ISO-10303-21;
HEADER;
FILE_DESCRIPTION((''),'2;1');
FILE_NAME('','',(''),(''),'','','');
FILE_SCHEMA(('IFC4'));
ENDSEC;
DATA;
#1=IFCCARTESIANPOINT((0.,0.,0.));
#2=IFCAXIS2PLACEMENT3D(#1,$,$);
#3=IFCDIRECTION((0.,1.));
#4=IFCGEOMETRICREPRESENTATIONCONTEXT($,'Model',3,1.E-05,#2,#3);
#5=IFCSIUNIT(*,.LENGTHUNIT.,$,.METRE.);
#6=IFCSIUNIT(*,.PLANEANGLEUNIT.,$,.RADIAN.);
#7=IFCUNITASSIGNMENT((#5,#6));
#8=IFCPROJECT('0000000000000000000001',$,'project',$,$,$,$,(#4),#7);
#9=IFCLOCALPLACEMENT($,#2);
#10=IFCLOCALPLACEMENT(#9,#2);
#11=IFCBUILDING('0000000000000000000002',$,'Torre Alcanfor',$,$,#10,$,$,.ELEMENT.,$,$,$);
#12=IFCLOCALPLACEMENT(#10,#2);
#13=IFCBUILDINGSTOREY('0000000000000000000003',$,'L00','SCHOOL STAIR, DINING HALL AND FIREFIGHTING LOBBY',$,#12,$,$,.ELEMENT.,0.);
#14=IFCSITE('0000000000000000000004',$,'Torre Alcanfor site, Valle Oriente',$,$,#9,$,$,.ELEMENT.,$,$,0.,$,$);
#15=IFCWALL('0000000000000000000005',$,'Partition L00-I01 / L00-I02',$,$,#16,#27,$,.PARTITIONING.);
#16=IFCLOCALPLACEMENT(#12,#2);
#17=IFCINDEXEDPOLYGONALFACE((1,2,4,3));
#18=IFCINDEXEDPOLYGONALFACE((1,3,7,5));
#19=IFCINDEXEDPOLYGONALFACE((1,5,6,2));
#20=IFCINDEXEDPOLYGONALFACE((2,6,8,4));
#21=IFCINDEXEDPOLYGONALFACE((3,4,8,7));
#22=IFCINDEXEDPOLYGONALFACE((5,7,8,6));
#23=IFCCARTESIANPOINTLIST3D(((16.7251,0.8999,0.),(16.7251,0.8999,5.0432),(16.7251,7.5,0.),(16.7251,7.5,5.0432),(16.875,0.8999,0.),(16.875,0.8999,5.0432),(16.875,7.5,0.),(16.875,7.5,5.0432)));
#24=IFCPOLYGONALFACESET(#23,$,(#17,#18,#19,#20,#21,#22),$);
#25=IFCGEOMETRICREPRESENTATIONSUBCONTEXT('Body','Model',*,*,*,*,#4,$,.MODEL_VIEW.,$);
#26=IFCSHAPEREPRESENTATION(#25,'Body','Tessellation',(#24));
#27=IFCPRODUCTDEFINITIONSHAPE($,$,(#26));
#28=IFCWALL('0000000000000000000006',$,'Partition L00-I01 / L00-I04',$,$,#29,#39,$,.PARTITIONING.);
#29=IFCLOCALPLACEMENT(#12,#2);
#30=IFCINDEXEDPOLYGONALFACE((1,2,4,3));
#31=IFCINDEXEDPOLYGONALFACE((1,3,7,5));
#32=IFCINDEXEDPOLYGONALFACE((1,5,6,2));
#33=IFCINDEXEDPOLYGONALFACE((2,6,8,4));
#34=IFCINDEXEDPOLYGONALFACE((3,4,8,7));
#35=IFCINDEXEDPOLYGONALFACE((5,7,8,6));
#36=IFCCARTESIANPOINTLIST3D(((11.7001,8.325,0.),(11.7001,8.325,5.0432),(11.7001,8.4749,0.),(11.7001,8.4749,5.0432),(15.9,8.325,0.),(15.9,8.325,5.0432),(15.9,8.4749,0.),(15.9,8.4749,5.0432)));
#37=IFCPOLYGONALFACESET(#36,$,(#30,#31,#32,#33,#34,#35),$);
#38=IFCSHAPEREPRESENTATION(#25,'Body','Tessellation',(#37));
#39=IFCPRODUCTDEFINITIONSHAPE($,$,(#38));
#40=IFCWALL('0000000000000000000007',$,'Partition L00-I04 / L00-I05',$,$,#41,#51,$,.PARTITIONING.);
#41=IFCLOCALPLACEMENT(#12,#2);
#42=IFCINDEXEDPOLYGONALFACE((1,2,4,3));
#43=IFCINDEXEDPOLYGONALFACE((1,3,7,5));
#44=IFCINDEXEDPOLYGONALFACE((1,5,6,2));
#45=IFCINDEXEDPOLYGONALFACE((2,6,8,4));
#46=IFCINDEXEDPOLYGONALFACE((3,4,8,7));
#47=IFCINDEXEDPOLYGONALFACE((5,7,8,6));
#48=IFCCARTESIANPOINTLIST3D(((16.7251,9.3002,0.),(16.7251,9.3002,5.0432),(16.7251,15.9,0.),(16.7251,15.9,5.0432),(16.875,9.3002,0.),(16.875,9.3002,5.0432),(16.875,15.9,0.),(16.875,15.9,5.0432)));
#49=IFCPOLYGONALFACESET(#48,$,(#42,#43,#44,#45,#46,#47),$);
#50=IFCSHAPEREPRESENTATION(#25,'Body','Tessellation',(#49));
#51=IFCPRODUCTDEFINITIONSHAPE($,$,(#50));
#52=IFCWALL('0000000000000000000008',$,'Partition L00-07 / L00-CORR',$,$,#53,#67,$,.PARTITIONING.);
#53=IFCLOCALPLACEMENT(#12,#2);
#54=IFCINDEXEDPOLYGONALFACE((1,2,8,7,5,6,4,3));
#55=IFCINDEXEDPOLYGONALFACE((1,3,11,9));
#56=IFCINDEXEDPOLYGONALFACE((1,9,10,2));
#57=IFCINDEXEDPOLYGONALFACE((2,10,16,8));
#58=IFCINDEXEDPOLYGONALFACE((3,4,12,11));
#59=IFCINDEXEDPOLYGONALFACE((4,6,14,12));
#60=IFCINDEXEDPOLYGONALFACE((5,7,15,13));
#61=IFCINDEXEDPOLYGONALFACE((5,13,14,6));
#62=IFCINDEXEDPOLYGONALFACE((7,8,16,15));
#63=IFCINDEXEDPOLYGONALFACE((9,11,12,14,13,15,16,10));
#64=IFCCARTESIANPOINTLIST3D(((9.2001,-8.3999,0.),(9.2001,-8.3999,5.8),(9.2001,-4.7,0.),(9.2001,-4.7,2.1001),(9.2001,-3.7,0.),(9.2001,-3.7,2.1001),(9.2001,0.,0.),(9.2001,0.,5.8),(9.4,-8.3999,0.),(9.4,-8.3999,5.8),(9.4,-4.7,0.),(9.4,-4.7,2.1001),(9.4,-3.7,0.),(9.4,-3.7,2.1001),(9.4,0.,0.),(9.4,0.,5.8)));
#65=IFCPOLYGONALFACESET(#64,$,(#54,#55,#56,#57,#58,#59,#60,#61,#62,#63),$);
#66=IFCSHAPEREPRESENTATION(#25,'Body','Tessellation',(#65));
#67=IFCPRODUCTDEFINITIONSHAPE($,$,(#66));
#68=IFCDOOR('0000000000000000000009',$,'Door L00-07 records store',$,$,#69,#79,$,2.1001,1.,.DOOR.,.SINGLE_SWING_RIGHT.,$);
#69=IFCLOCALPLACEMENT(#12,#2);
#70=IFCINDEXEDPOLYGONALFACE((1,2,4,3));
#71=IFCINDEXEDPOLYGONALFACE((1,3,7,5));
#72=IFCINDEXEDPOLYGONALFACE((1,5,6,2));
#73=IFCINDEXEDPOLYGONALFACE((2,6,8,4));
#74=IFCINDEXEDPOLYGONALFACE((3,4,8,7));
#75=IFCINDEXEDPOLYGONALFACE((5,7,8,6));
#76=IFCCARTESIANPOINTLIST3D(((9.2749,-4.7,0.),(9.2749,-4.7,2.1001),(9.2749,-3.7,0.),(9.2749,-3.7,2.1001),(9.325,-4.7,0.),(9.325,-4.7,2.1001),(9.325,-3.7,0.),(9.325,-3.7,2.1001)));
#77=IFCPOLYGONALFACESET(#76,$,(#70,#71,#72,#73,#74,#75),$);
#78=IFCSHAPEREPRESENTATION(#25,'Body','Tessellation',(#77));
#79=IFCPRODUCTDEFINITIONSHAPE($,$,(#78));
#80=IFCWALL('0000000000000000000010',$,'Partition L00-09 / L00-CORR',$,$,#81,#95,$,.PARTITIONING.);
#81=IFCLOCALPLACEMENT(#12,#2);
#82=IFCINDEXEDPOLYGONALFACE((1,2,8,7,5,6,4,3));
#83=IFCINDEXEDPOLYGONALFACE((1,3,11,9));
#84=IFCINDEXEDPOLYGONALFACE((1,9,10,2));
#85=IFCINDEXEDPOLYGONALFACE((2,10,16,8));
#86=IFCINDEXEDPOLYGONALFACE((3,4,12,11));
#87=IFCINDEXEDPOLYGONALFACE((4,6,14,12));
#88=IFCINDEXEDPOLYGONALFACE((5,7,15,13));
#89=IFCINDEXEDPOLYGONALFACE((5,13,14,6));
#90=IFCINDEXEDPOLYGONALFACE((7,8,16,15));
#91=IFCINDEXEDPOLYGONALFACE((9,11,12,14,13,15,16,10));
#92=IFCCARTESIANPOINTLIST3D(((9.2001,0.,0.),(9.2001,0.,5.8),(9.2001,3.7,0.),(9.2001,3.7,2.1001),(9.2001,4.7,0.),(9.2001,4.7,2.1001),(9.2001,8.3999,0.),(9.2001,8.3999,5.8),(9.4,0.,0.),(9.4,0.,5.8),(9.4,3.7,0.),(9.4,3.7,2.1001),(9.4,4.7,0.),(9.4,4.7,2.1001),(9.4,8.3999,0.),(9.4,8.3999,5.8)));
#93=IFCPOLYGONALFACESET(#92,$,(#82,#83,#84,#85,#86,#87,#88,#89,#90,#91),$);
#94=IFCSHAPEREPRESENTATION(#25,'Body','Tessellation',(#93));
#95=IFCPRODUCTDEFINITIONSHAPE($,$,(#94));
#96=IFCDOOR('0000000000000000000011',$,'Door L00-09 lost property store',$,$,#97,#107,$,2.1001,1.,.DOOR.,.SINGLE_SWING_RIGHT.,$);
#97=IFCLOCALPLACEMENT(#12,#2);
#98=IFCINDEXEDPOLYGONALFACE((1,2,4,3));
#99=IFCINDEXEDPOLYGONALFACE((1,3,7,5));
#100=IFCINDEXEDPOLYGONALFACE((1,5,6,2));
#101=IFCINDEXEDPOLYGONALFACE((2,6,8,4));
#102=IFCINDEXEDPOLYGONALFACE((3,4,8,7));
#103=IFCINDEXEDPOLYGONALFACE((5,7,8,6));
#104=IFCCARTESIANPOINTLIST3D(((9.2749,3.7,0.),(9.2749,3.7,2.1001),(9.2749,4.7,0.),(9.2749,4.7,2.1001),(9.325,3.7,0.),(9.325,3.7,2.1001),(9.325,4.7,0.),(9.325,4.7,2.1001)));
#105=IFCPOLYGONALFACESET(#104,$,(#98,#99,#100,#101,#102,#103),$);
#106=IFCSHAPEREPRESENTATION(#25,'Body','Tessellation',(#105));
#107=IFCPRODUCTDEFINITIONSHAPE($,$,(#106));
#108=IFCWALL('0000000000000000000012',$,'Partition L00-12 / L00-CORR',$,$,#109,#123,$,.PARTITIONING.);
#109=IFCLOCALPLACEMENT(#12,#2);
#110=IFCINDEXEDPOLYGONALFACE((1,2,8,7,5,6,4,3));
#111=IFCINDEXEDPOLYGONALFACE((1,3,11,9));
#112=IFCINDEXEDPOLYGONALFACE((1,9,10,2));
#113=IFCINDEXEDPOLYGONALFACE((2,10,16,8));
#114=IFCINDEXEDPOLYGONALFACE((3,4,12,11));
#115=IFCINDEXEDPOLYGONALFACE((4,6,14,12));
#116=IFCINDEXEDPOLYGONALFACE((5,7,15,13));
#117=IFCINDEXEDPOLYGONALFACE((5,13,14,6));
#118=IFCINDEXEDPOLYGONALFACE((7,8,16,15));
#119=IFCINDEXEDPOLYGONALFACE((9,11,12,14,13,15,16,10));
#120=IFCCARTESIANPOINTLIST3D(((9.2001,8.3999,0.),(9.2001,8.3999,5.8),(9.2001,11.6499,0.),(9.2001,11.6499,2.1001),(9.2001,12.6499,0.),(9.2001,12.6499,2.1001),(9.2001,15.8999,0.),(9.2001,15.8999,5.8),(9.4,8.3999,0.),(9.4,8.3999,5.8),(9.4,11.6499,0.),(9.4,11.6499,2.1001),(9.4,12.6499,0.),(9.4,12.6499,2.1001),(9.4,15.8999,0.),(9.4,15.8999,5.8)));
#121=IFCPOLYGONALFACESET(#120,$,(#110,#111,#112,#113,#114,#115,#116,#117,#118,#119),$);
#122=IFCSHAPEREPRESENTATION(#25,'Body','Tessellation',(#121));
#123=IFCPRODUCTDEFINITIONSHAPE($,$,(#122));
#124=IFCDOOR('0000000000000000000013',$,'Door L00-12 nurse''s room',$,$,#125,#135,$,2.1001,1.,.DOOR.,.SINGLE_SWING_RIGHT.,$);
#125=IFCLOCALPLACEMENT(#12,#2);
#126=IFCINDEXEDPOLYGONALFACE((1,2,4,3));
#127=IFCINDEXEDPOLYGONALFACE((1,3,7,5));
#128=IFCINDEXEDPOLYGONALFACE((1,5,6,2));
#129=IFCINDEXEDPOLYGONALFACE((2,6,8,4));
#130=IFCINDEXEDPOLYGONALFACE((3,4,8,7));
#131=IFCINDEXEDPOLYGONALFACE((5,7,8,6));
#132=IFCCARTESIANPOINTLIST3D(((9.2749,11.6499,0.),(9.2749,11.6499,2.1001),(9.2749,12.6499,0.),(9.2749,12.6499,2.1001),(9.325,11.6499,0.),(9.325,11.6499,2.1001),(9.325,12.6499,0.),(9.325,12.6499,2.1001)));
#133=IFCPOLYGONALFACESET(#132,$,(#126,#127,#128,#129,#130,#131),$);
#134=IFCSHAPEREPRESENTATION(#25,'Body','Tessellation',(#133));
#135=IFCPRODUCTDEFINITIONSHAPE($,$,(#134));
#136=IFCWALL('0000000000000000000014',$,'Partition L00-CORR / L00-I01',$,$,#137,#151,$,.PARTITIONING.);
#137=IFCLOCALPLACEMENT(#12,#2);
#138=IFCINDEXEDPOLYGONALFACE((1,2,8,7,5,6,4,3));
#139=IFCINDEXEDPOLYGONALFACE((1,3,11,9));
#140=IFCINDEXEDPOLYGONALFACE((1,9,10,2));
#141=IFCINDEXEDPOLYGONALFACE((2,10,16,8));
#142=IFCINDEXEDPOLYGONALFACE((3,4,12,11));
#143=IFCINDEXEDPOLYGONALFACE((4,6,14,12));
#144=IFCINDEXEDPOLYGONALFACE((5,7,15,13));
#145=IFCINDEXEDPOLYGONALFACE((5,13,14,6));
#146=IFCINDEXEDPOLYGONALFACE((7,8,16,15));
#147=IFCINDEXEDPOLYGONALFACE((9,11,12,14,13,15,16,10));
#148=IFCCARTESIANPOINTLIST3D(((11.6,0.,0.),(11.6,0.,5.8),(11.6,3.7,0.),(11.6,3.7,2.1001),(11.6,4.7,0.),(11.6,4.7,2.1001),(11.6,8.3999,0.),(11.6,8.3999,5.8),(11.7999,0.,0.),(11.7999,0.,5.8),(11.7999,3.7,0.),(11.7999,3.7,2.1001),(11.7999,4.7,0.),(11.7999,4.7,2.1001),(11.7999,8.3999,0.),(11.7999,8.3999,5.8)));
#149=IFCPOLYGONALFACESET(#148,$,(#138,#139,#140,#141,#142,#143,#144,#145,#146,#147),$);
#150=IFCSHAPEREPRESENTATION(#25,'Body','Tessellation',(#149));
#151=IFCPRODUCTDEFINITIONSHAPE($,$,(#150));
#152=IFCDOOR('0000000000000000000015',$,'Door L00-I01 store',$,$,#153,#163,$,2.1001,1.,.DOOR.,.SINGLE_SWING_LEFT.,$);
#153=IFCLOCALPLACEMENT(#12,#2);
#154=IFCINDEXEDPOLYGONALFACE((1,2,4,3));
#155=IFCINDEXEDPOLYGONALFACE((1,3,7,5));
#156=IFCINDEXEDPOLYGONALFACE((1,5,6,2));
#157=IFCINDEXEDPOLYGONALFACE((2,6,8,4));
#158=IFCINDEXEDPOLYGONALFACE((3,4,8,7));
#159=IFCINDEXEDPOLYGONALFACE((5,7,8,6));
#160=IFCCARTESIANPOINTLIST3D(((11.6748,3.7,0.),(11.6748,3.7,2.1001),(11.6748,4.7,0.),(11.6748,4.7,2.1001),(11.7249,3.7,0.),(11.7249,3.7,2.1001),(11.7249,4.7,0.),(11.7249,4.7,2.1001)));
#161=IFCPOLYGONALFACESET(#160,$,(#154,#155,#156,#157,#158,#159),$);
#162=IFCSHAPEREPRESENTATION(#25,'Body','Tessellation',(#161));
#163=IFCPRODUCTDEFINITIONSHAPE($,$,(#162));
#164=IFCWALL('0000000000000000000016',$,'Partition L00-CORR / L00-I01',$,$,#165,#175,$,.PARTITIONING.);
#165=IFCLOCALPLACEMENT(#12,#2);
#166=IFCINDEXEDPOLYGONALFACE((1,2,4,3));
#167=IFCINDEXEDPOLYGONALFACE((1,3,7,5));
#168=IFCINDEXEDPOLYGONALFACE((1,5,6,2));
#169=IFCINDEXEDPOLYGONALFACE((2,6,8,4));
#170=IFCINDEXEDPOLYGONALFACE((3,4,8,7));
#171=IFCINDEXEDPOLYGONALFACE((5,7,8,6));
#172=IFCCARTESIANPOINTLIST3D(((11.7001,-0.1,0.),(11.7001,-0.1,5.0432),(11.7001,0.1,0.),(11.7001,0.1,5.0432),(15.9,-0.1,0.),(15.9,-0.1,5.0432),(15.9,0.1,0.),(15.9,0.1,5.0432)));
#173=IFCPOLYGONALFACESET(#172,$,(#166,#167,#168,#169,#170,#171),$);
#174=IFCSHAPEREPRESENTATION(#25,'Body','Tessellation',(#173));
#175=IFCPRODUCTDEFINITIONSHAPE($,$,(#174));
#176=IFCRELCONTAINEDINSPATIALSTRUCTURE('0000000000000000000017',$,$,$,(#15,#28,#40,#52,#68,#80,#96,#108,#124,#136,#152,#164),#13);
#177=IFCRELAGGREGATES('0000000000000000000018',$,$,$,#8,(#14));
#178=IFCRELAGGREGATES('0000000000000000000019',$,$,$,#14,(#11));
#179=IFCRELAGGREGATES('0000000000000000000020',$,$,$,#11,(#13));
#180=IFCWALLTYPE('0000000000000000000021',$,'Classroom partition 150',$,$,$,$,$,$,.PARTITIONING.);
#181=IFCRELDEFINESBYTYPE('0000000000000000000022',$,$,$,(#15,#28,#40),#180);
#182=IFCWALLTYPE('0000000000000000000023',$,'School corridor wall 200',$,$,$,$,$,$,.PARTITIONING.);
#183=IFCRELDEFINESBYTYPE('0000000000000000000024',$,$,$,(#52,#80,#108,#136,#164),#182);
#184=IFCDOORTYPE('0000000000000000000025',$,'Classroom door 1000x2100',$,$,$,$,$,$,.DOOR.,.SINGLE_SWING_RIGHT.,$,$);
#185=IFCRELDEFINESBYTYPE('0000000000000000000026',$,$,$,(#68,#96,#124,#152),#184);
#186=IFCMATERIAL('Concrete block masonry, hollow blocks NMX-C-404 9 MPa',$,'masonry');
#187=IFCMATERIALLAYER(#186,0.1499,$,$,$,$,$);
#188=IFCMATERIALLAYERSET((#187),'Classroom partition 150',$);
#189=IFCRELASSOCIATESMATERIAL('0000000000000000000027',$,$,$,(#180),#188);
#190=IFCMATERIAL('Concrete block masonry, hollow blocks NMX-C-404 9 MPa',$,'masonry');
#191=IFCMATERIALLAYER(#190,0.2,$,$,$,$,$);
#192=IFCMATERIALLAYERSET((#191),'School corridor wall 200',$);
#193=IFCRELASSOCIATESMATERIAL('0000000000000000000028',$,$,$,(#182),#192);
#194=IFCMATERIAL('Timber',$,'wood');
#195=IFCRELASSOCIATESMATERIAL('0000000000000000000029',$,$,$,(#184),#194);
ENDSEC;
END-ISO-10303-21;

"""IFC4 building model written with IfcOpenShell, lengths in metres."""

from ifc_helpers import new_model, si_unit, direction, frame, frame_2d, origin, place, context, subcontext, project, spatial, rectangle, extrude, material, layer, layer_set, type_object, element, fill, save


model = new_model("IFC4")

# Units and contexts
model_context = context("Model", 3, precision=1e-05, world=origin(), true_north=direction((0.0, 1.0)))
body_context = subcontext(model_context, "Body", "Model", "MODEL_VIEW")
ifc_project = project(units=[si_unit("LENGTHUNIT", "METRE"), si_unit("PLANEANGLEUNIT", "RADIAN")], contexts=[model_context])

# Site, building, storey
site_placement = place(None, origin())
site = spatial("IfcSite", under=ifc_project, at=site_placement, Name="Torre Alcanfor site, Valle Oriente", CompositionType="ELEMENT", RefElevation=0.0)
building_placement = place(site_placement, origin())
building = spatial("IfcBuilding", under=site, at=building_placement, Name="Torre Alcanfor", CompositionType="ELEMENT")
storey_placement = place(building_placement, origin())
storey = spatial("IfcBuildingStorey", under=building, at=storey_placement, Name="L00", Description="SCHOOL STAIR, DINING HALL AND FIREFIGHTING LOBBY", CompositionType="ELEMENT", Elevation=0.0)

# Walls
ifc_material_1 = material(Name="Concrete block masonry, hollow blocks NMX-C-404 9 MPa", Category="masonry")
ifc_layer_1 = layer(ifc_material_1, 0.1499)
ifc_layer_set_1 = layer_set([ifc_layer_1], Name="Classroom partition 150")
wall_type_1 = type_object("IfcWallType", Name="Classroom partition 150", PredefinedType="PARTITIONING", material=ifc_layer_set_1)
wall_1_placement = place(storey_placement, frame((16.8, 7.5, 0.0), z_axis=(0.0, 0.0, 1.0), x_axis=(0.0, -1.0, 0.0)))
element("IfcWall", 1, at=wall_1_placement, inside=storey, type_object=wall_type_1, Name="Partition L00-I01 / L00-I02", PredefinedType="PARTITIONING", context=body_context, shape_type="SweptSolid", body=[
    extrude(rectangle(XDim=6.6001, YDim=0.1499, at=frame_2d((3.3, 0.0))), origin(), (0.0, 0.0, 1.0), 5.0432),
])
wall_2_placement = place(storey_placement, frame((11.7, 8.3999, 0.0), z_axis=(0.0, 0.0, 1.0), x_axis=(1.0, 0.0, 0.0)))
element("IfcWall", 2, at=wall_2_placement, inside=storey, type_object=wall_type_1, Name="Partition L00-I01 / L00-I04", PredefinedType="PARTITIONING", context=body_context, shape_type="SweptSolid", body=[
    extrude(rectangle(XDim=4.2, YDim=0.1499, at=frame_2d((2.1001, 0.0))), origin(), (0.0, 0.0, 1.0), 5.0432),
])
wall_3_placement = place(storey_placement, frame((16.8, 15.8999, 0.0), z_axis=(0.0, 0.0, 1.0), x_axis=(0.0, -1.0, 0.0)))
element("IfcWall", 3, at=wall_3_placement, inside=storey, type_object=wall_type_1, Name="Partition L00-I04 / L00-I05", PredefinedType="PARTITIONING", context=body_context, shape_type="SweptSolid", body=[
    extrude(rectangle(XDim=6.5999, YDim=0.1499, at=frame_2d((3.2998, 0.0))), origin(), (0.0, 0.0, 1.0), 5.0432),
])

# Walls, openings, doors
ifc_material_2 = material(Name="Concrete block masonry, hollow blocks NMX-C-404 9 MPa", Category="masonry")
ifc_layer_2 = layer(ifc_material_2, 0.2)
ifc_layer_set_2 = layer_set([ifc_layer_2], Name="School corridor wall 200")
wall_type_2 = type_object("IfcWallType", Name="School corridor wall 200", PredefinedType="PARTITIONING", material=ifc_layer_set_2)
wall_4_placement = place(storey_placement, frame((9.3, 0.0, 0.0), z_axis=(0.0, 0.0, 1.0), x_axis=(0.0, -1.0, 0.0)))
wall_4 = element("IfcWall", 4, at=wall_4_placement, inside=storey, type_object=wall_type_2, Name="Partition L00-07 / L00-CORR", PredefinedType="PARTITIONING", context=body_context, shape_type="SweptSolid", body=[
    extrude(rectangle(XDim=8.3999, YDim=0.2, at=frame_2d((4.2, 0.0))), origin(), (0.0, 0.0, 1.0), 5.8),
])
opening_1_placement = place(wall_4_placement, frame((3.7, 0.0, 0.0)))
opening_1 = element("IfcOpeningElement", 5, at=opening_1_placement, cuts=wall_4, PredefinedType="OPENING", context=body_context, shape_type="SweptSolid", body=[
    extrude(rectangle(XDim=1.0, YDim=2.1001, at=frame_2d((0.5, 1.05))), frame((0.0, 0.1099, 0.0), z_axis=(0.0, -1.0, 0.0), x_axis=(1.0, 0.0, 0.0)), (0.0, 0.0, 1.0), 0.22),
])
ifc_material_3 = material(Name="Timber", Category="wood")
door_type = type_object("IfcDoorType", Name="Classroom door 1000x2100", OperationType="SINGLE_SWING_RIGHT", PredefinedType="DOOR", material=ifc_material_3)
door_1_placement = place(opening_1_placement, frame((1.0, 0.0, 0.0), z_axis=(0.0, 0.0, 1.0), x_axis=(-1.0, 0.0, 0.0)))
door_1 = element("IfcDoor", 6, at=door_1_placement, inside=storey, type_object=door_type, Name="Door L00-07 records store", OperationType="SINGLE_SWING_RIGHT", OverallHeight=2.1001, OverallWidth=1.0, PredefinedType="DOOR", context=body_context, shape_type="SweptSolid", body=[
    extrude(rectangle(XDim=1.0, YDim=2.1001, at=frame_2d((0.5, 1.05))), frame((0.0, 0.0251, 0.0), z_axis=(0.0, -1.0, 0.0), x_axis=(1.0, 0.0, 0.0)), (0.0, 0.0, 1.0), 0.05),
])
fill(opening_1, door_1)
wall_5_placement = place(storey_placement, frame((9.3, 8.3999, 0.0), z_axis=(0.0, 0.0, 1.0), x_axis=(0.0, -1.0, 0.0)))
wall_5 = element("IfcWall", 7, at=wall_5_placement, inside=storey, type_object=wall_type_2, Name="Partition L00-09 / L00-CORR", PredefinedType="PARTITIONING", context=body_context, shape_type="SweptSolid", body=[
    extrude(rectangle(XDim=8.3999, YDim=0.2, at=frame_2d((4.2, 0.0))), origin(), (0.0, 0.0, 1.0), 5.8),
])
opening_2_placement = place(wall_5_placement, frame((3.7, 0.0, 0.0)))
opening_2 = element("IfcOpeningElement", 8, at=opening_2_placement, cuts=wall_5, PredefinedType="OPENING", context=body_context, shape_type="SweptSolid", body=[
    extrude(rectangle(XDim=1.0, YDim=2.1001, at=frame_2d((0.5, 1.05))), frame((0.0, 0.1099, 0.0), z_axis=(0.0, -1.0, 0.0), x_axis=(1.0, 0.0, 0.0)), (0.0, 0.0, 1.0), 0.22),
])
door_2_placement = place(opening_2_placement, frame((1.0, 0.0, 0.0), z_axis=(0.0, 0.0, 1.0), x_axis=(-1.0, 0.0, 0.0)))
door_2 = element("IfcDoor", 9, at=door_2_placement, inside=storey, type_object=door_type, Name="Door L00-09 lost property store", OperationType="SINGLE_SWING_RIGHT", OverallHeight=2.1001, OverallWidth=1.0, PredefinedType="DOOR", context=body_context, shape_type="SweptSolid", body=[
    extrude(rectangle(XDim=1.0, YDim=2.1001, at=frame_2d((0.5, 1.05))), frame((0.0, 0.0251, 0.0), z_axis=(0.0, -1.0, 0.0), x_axis=(1.0, 0.0, 0.0)), (0.0, 0.0, 1.0), 0.05),
])
fill(opening_2, door_2)
wall_6_placement = place(storey_placement, frame((9.3, 15.8999, 0.0), z_axis=(0.0, 0.0, 1.0), x_axis=(0.0, -1.0, 0.0)))
wall_6 = element("IfcWall", 10, at=wall_6_placement, inside=storey, type_object=wall_type_2, Name="Partition L00-12 / L00-CORR", PredefinedType="PARTITIONING", context=body_context, shape_type="SweptSolid", body=[
    extrude(rectangle(XDim=7.5, YDim=0.2, at=frame_2d((3.75, 0.0))), origin(), (0.0, 0.0, 1.0), 5.8),
])
opening_3_placement = place(wall_6_placement, frame((3.25, 0.0, 0.0)))
opening_3 = element("IfcOpeningElement", 11, at=opening_3_placement, cuts=wall_6, PredefinedType="OPENING", context=body_context, shape_type="SweptSolid", body=[
    extrude(rectangle(XDim=1.0, YDim=2.1001, at=frame_2d((0.5, 1.05))), frame((0.0, 0.1099, 0.0), z_axis=(0.0, -1.0, 0.0), x_axis=(1.0, 0.0, 0.0)), (0.0, 0.0, 1.0), 0.22),
])
door_3_placement = place(opening_3_placement, frame((1.0, 0.0, 0.0), z_axis=(0.0, 0.0, 1.0), x_axis=(-1.0, 0.0, 0.0)))
door_3 = element("IfcDoor", 12, at=door_3_placement, inside=storey, type_object=door_type, Name="Door L00-12 nurse's room", OperationType="SINGLE_SWING_RIGHT", OverallHeight=2.1001, OverallWidth=1.0, PredefinedType="DOOR", context=body_context, shape_type="SweptSolid", body=[
    extrude(rectangle(XDim=1.0, YDim=2.1001, at=frame_2d((0.5, 1.05))), frame((0.0, 0.0251, 0.0), z_axis=(0.0, -1.0, 0.0), x_axis=(1.0, 0.0, 0.0)), (0.0, 0.0, 1.0), 0.05),
])
fill(opening_3, door_3)
wall_7_placement = place(storey_placement, frame((11.7, 8.3999, 0.0), z_axis=(0.0, 0.0, 1.0), x_axis=(0.0, -1.0, 0.0)))
wall_7 = element("IfcWall", 13, at=wall_7_placement, inside=storey, type_object=wall_type_2, Name="Partition L00-CORR / L00-I01", PredefinedType="PARTITIONING", context=body_context, shape_type="SweptSolid", body=[
    extrude(rectangle(XDim=8.3999, YDim=0.2, at=frame_2d((4.2, 0.0))), origin(), (0.0, 0.0, 1.0), 5.8),
])
opening_4_placement = place(wall_7_placement, frame((3.7, 0.0, 0.0)))
opening_4 = element("IfcOpeningElement", 14, at=opening_4_placement, cuts=wall_7, PredefinedType="OPENING", context=body_context, shape_type="SweptSolid", body=[
    extrude(rectangle(XDim=1.0, YDim=2.1001, at=frame_2d((0.5, 1.05))), frame((0.0, 0.1099, 0.0), z_axis=(0.0, -1.0, 0.0), x_axis=(1.0, 0.0, 0.0)), (0.0, 0.0, 1.0), 0.22),
])
door_4_placement = place(opening_4_placement, origin())
door_4 = element("IfcDoor", 15, at=door_4_placement, inside=storey, type_object=door_type, Name="Door L00-I01 store", OperationType="SINGLE_SWING_LEFT", OverallHeight=2.1001, OverallWidth=1.0, PredefinedType="DOOR", context=body_context, shape_type="SweptSolid", body=[
    extrude(rectangle(XDim=1.0, YDim=2.1001, at=frame_2d((0.5, 1.05))), frame((0.0, 0.0249, 0.0), z_axis=(0.0, -1.0, 0.0), x_axis=(1.0, 0.0, 0.0)), (0.0, 0.0, 1.0), 0.05),
])
fill(opening_4, door_4)

# Wall
wall_8_placement = place(storey_placement, frame((11.7, 0.0, 0.0), z_axis=(0.0, 0.0, 1.0), x_axis=(1.0, 0.0, 0.0)))
element("IfcWall", 16, at=wall_8_placement, inside=storey, type_object=wall_type_2, Name="Partition L00-CORR / L00-I01", PredefinedType="PARTITIONING", context=body_context, shape_type="SweptSolid", body=[
    extrude(rectangle(XDim=4.2, YDim=0.2, at=frame_2d((2.1001, 0.0))), origin(), (0.0, 0.0, 1.0), 5.0432),
])

save(model, "model.ifc")
